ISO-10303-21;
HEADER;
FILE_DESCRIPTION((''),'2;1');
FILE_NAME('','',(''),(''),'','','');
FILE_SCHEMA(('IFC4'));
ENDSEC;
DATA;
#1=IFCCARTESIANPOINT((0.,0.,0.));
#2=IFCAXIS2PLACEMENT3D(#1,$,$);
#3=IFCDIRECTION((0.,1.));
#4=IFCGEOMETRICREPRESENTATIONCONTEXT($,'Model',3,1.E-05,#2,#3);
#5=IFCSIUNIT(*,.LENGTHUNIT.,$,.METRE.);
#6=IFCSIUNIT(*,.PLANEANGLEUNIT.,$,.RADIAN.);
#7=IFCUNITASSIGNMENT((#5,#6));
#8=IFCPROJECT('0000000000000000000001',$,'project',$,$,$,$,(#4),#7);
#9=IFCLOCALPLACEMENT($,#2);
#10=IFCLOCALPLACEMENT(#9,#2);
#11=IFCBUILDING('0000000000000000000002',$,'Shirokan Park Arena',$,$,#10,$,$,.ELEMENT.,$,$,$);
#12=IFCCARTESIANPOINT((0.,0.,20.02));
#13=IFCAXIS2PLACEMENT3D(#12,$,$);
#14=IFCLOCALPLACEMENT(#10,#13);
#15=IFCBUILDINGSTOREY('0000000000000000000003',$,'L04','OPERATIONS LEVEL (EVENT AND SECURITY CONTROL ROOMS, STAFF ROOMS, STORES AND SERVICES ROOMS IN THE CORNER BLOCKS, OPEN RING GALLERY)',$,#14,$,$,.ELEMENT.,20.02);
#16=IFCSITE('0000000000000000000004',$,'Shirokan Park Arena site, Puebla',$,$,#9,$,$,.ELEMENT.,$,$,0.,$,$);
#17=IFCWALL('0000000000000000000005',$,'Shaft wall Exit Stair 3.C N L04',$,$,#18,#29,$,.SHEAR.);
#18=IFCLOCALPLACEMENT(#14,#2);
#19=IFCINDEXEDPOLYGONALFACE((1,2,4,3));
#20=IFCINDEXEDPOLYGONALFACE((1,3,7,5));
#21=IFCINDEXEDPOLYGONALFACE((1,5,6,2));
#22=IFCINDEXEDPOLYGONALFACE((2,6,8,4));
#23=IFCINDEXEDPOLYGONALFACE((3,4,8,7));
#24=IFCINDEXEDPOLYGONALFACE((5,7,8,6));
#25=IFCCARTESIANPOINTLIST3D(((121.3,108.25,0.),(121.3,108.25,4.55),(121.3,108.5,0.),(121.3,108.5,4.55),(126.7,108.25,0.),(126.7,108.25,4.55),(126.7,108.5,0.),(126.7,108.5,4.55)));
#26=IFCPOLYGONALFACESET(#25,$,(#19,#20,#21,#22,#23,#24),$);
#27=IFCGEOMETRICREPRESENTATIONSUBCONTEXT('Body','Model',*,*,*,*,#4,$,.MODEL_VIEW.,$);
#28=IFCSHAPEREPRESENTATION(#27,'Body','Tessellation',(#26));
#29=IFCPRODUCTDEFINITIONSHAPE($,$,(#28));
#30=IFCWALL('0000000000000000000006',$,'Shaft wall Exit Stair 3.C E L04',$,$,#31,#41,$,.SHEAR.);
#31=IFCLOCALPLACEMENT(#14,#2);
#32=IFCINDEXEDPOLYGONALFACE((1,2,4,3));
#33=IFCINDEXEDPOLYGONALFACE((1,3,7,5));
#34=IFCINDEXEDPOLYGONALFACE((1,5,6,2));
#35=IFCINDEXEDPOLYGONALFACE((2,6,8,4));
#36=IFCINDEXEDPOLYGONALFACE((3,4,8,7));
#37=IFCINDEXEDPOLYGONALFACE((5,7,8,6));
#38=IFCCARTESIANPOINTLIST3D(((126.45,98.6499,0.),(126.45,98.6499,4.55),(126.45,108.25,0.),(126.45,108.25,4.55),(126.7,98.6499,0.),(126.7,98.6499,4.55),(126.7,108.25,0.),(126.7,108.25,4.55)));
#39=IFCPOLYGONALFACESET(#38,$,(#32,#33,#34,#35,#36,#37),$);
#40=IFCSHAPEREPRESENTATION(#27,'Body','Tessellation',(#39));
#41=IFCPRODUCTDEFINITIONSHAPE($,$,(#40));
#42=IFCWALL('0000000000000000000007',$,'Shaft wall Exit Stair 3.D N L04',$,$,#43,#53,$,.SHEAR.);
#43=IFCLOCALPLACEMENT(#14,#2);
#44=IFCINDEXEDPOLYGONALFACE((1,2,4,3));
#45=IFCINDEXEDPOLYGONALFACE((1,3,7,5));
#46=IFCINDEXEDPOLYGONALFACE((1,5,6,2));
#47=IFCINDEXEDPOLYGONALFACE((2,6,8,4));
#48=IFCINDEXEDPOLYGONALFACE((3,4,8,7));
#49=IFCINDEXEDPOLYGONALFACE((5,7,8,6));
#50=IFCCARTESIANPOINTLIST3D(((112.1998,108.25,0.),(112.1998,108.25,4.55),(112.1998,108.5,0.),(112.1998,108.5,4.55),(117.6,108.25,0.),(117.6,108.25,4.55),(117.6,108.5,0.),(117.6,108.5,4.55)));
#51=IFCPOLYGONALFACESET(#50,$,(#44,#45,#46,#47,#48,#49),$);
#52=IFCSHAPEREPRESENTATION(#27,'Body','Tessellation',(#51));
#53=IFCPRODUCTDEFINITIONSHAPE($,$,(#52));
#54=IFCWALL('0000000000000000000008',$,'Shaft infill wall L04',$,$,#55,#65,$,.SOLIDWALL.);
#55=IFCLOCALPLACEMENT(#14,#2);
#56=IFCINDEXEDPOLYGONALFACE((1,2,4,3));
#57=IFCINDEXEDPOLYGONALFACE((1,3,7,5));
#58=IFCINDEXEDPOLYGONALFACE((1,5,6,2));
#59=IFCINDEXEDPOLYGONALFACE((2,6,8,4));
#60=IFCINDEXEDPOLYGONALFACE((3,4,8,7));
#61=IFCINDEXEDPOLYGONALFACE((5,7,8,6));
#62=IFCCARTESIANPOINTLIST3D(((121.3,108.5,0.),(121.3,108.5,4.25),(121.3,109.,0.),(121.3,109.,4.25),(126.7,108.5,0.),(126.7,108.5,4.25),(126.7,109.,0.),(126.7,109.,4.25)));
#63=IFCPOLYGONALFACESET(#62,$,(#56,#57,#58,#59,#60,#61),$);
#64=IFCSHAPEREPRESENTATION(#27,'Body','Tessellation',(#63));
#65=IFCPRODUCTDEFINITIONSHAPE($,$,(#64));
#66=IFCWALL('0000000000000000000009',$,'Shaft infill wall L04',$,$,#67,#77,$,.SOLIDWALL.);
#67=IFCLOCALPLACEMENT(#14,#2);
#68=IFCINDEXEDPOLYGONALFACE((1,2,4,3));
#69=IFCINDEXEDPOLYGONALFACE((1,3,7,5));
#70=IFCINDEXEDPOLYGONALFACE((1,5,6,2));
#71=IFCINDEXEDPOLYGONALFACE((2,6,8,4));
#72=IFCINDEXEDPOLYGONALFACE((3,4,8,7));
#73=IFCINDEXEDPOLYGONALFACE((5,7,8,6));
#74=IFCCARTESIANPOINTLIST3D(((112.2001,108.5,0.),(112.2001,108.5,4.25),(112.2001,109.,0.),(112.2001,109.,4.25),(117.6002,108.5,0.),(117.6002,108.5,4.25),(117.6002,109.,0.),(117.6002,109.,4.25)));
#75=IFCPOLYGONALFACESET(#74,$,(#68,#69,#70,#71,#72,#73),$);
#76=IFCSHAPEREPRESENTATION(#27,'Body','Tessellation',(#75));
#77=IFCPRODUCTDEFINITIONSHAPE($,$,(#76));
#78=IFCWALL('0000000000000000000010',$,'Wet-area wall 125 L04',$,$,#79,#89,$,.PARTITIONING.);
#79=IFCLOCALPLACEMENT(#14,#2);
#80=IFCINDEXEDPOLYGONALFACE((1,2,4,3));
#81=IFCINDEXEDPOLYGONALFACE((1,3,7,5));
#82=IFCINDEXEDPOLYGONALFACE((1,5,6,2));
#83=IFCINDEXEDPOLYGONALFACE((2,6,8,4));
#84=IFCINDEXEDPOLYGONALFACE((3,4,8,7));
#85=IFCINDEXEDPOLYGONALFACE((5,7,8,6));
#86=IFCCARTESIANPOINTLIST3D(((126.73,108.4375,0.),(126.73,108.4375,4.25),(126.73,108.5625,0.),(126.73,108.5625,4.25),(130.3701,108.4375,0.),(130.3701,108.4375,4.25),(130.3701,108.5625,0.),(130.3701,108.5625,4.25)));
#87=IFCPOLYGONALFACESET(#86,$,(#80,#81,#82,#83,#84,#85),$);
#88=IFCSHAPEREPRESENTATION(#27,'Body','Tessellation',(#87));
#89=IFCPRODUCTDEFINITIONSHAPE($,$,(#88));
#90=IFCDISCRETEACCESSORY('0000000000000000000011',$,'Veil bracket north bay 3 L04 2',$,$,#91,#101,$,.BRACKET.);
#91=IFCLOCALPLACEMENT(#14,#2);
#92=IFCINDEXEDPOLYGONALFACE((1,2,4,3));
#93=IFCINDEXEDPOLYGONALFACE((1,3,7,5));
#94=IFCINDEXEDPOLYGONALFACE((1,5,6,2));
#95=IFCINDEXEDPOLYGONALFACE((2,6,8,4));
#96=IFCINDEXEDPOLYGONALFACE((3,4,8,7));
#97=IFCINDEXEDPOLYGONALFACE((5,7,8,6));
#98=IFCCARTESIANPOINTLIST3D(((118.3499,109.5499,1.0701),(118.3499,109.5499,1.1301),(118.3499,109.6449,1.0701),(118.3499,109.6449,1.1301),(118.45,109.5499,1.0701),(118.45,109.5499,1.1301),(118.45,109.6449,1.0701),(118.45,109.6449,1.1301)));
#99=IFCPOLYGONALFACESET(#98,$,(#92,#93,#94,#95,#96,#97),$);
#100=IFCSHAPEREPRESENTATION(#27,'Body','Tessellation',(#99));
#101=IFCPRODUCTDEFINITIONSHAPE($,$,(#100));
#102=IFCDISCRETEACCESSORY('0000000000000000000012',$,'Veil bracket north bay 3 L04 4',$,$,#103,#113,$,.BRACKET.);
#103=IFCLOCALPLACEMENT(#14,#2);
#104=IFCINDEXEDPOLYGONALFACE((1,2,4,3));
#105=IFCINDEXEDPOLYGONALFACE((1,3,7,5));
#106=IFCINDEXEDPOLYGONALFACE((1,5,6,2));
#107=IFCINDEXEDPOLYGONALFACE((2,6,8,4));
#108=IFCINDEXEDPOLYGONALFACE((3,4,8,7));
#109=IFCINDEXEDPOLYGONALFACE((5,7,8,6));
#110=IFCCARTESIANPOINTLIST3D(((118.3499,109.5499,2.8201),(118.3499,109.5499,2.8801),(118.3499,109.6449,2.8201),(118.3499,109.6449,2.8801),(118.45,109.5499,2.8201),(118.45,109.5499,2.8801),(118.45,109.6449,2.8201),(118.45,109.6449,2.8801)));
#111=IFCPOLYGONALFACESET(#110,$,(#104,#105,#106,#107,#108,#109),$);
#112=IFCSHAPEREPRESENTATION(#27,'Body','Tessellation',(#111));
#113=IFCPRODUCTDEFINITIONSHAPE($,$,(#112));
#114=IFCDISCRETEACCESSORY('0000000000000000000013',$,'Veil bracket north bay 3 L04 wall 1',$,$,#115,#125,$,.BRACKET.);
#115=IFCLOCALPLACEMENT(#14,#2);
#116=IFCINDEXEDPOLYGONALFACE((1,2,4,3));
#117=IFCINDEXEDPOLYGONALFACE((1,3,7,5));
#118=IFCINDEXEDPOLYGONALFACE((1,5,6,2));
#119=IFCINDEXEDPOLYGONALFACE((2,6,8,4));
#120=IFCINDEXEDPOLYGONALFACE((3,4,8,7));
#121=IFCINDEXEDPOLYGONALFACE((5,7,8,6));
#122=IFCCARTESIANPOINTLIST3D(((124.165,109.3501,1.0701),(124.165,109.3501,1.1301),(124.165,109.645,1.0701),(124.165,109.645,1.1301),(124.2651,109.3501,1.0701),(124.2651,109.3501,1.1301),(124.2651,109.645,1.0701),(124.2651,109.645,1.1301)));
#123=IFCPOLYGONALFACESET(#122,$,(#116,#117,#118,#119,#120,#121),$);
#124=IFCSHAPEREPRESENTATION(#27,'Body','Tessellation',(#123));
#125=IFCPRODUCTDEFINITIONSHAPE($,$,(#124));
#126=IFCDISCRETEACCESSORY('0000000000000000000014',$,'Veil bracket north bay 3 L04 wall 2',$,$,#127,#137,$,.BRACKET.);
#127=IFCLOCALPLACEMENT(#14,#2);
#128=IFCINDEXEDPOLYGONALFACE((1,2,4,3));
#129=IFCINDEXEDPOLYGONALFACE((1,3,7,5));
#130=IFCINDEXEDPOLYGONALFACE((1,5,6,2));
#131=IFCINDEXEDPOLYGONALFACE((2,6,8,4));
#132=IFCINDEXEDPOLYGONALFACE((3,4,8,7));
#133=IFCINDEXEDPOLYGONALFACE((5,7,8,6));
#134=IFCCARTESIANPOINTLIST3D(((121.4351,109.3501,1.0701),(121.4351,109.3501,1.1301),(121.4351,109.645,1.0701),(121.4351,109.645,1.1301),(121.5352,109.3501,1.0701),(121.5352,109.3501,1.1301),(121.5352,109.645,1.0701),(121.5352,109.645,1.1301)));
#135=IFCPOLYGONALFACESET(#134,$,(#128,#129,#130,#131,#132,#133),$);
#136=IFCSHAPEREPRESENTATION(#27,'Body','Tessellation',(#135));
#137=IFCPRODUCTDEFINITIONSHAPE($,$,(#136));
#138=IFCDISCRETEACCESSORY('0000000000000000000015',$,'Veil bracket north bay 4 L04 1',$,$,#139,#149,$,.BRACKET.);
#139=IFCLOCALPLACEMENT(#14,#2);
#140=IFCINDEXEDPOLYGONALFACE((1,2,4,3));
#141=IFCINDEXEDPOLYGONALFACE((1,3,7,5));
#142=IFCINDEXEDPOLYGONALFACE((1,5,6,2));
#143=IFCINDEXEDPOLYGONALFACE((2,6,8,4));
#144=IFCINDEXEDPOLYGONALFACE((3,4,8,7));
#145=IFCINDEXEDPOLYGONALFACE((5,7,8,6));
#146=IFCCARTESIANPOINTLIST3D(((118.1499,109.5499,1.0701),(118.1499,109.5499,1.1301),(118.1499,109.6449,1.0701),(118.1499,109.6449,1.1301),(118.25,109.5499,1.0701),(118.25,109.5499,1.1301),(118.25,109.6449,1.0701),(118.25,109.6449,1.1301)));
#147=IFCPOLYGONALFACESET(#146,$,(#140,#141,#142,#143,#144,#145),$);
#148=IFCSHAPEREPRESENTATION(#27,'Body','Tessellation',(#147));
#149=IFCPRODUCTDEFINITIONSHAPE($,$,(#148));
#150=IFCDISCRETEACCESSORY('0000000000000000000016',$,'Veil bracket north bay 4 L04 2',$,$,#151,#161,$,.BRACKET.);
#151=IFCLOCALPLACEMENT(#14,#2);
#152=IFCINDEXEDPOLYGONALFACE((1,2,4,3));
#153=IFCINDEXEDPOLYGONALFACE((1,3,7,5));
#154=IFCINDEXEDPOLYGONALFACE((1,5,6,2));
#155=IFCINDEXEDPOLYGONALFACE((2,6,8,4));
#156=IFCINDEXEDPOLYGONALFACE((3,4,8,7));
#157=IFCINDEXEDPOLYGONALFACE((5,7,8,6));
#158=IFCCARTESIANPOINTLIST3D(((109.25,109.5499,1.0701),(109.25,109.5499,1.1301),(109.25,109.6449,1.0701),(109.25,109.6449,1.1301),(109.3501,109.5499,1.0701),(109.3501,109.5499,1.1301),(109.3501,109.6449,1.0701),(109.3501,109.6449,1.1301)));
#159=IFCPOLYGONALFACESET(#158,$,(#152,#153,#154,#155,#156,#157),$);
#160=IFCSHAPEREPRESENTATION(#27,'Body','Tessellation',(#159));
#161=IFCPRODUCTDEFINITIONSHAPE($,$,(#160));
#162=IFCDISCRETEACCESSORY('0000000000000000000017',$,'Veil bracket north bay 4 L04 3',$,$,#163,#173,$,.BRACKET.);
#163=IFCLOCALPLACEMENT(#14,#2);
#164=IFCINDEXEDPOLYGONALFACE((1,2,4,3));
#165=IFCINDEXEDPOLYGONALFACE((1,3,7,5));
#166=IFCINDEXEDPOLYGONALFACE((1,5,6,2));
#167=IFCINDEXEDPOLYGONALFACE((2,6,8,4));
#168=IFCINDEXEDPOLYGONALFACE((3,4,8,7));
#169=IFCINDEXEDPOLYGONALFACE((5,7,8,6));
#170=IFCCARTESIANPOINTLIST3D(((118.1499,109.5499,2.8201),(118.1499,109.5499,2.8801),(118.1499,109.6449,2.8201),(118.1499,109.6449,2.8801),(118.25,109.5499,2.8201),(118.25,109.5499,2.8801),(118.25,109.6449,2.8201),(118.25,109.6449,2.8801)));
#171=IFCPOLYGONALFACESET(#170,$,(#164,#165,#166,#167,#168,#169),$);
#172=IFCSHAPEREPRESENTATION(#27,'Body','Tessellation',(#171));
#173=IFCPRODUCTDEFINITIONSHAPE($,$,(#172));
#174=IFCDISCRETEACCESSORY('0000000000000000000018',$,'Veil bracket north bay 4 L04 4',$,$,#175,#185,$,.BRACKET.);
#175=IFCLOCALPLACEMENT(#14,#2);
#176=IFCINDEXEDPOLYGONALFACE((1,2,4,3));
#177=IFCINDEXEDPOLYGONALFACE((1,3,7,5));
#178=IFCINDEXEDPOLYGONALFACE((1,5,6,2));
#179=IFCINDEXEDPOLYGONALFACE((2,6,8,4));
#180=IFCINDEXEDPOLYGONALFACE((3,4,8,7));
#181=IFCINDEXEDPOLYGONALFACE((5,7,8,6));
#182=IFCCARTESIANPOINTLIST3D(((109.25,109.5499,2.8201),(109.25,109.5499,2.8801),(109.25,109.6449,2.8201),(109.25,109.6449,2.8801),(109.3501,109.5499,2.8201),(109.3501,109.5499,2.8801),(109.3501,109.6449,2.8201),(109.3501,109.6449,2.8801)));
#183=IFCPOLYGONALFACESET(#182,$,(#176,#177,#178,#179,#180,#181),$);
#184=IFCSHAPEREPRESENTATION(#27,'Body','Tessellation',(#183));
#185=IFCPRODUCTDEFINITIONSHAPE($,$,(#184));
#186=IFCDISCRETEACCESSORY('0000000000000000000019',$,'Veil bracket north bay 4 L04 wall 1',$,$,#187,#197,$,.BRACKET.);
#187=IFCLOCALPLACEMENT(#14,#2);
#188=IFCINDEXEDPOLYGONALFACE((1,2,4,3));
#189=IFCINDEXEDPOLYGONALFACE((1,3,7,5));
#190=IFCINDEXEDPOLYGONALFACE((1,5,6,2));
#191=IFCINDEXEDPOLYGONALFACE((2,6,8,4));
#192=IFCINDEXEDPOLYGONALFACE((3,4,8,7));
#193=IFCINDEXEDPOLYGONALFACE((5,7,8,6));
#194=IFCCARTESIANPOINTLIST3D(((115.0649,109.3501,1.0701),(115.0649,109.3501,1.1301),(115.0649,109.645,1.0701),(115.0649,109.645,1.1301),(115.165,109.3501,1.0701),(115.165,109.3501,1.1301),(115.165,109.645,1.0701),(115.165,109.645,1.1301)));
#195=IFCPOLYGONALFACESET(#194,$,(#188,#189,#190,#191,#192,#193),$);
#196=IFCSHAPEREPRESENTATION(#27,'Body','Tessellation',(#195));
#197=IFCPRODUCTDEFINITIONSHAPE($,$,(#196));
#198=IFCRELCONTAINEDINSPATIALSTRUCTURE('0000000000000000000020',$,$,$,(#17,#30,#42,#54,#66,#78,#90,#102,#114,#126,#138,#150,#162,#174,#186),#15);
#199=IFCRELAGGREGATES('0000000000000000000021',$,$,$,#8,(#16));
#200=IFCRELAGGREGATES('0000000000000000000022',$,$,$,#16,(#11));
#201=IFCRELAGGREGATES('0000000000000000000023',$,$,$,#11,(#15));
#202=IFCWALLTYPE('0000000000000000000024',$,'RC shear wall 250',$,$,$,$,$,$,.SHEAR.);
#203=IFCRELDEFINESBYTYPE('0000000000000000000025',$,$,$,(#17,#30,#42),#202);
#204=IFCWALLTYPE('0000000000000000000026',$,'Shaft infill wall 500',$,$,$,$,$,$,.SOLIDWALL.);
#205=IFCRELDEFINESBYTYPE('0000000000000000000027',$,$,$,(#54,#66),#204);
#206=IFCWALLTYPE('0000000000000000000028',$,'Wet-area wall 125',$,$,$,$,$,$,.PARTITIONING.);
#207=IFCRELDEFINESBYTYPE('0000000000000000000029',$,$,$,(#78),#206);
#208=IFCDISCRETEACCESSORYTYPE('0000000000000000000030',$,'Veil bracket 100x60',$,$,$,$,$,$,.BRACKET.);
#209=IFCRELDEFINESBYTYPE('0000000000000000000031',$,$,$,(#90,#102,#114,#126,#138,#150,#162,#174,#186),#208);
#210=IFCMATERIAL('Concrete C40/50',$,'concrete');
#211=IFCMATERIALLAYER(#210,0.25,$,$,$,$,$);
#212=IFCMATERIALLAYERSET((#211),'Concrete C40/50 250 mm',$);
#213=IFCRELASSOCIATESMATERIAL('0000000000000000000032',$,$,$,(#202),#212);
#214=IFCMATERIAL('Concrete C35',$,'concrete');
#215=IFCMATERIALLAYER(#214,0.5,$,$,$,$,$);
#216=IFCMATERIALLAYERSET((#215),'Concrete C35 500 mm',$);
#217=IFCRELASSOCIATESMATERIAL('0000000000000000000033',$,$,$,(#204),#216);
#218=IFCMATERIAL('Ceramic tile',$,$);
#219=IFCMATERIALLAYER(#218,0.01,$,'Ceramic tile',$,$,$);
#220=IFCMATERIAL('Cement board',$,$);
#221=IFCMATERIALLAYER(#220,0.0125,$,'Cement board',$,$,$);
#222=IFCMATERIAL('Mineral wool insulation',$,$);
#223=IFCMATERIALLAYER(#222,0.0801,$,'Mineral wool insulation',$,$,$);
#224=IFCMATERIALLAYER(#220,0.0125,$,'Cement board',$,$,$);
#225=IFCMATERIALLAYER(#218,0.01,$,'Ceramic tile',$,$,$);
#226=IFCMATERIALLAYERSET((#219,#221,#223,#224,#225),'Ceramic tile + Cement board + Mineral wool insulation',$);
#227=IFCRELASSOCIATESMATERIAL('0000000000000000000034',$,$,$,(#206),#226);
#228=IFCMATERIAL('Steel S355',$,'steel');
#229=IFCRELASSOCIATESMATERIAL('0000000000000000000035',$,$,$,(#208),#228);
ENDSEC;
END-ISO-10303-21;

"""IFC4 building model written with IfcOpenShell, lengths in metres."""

from ifc_helpers import new_model, si_unit, direction, frame, frame_2d, origin, origin_2d, place, context, subcontext, project, spatial, rectangle, extrude, material, layer, layer_set, type_object, element, save


model = new_model("IFC4")

# Units and contexts
model_context = context("Model", 3, precision=1e-05, world=origin(), true_north=direction((0.0, 1.0)))
body_context = subcontext(model_context, "Body", "Model", "MODEL_VIEW")
ifc_project = project(units=[si_unit("LENGTHUNIT", "METRE"), si_unit("PLANEANGLEUNIT", "RADIAN")], contexts=[model_context])

# Site, building, storey
site_placement = place(None, origin())
site = spatial("IfcSite", under=ifc_project, at=site_placement, Name="Shirokan Park Arena site, Puebla", CompositionType="ELEMENT", RefElevation=0.0)
building_placement = place(site_placement, origin())
building = spatial("IfcBuilding", under=site, at=building_placement, Name="Shirokan Park Arena", CompositionType="ELEMENT")
storey_placement = place(building_placement, frame((0.0, 0.0, 20.02)))
storey = spatial("IfcBuildingStorey", under=building, at=storey_placement, Name="L04", Description="OPERATIONS LEVEL (EVENT AND SECURITY CONTROL ROOMS, STAFF ROOMS, STORES AND SERVICES ROOMS IN THE CORNER BLOCKS, OPEN RING GALLERY)", CompositionType="ELEMENT", Elevation=20.02)

# Shared definitions
ifc_material_1 = material(Name="Concrete C35", Category="concrete")

# Shared definitions
ifc_material_2 = material(Name="Steel S355", Category="steel")

# Shared definitions
ifc_material_3 = material(Name="Mineral wool insulation")

# Walls
ifc_material_4 = material(Name="Concrete C40/50", Category="concrete")
ifc_layer_1 = layer(ifc_material_4, 0.25)
ifc_layer_set_1 = layer_set([ifc_layer_1], Name="Concrete C40/50 250 mm")
wall_type_1 = type_object("IfcWallType", Name="RC shear wall 250", PredefinedType="SHEAR", material=ifc_layer_set_1)
wall_1_placement = place(storey_placement, frame((126.7, 108.375, 0.0), z_axis=(0.0, 0.0, 1.0), x_axis=(-1.0, 0.0, 0.0)))
element("IfcWall", 1, at=wall_1_placement, inside=storey, type_object=wall_type_1, Name="Shaft wall Exit Stair 3.C N L04", PredefinedType="SHEAR", context=body_context, shape_type="SweptSolid", body=[
    extrude(rectangle(XDim=5.3999, YDim=0.25, at=frame_2d((2.7, 0.0))), origin(), (0.0, 0.0, 1.0), 4.55),
])
wall_2_placement = place(storey_placement, frame((126.575, 108.25, 0.0), z_axis=(0.0, 0.0, 1.0), x_axis=(0.0, -1.0, 0.0)))
element("IfcWall", 2, at=wall_2_placement, inside=storey, type_object=wall_type_1, Name="Shaft wall Exit Stair 3.C E L04", PredefinedType="SHEAR", context=body_context, shape_type="SweptSolid", body=[
    extrude(rectangle(XDim=9.6001, YDim=0.25, at=frame_2d((4.8, 0.0))), origin(), (0.0, 0.0, 1.0), 4.55),
])
wall_3_placement = place(storey_placement, frame((117.6001, 108.375, 0.0), z_axis=(0.0, 0.0, 1.0), x_axis=(-1.0, 0.0, 0.0)))
element("IfcWall", 3, at=wall_3_placement, inside=storey, type_object=wall_type_1, Name="Shaft wall Exit Stair 3.D N L04", PredefinedType="SHEAR", context=body_context, shape_type="SweptSolid", body=[
    extrude(rectangle(XDim=5.4001, YDim=0.25, at=frame_2d((2.7002, 0.0))), origin(), (0.0, 0.0, 1.0), 4.55),
])
ifc_layer_2 = layer(ifc_material_1, 0.5)
ifc_layer_set_2 = layer_set([ifc_layer_2], Name="Concrete C35 500 mm")
wall_type_2 = type_object("IfcWallType", Name="Shaft infill wall 500", PredefinedType="SOLIDWALL", material=ifc_layer_set_2)
wall_4_placement = place(storey_placement, frame((121.3, 108.75, 0.0), z_axis=(0.0, 0.0, 1.0), x_axis=(1.0, 0.0, 0.0)))
element("IfcWall", 4, at=wall_4_placement, inside=storey, type_object=wall_type_2, Name="Shaft infill wall L04", PredefinedType="SOLIDWALL", context=body_context, shape_type="SweptSolid", body=[
    extrude(rectangle(XDim=5.3999, YDim=0.5, at=frame_2d((2.7, 0.0))), origin(), (0.0, 0.0, 1.0), 4.25),
])
wall_5_placement = place(storey_placement, frame((112.2, 108.75, 0.0), z_axis=(0.0, 0.0, 1.0), x_axis=(1.0, 0.0, 0.0)))
element("IfcWall", 5, at=wall_5_placement, inside=storey, type_object=wall_type_2, Name="Shaft infill wall L04", PredefinedType="SOLIDWALL", context=body_context, shape_type="SweptSolid", body=[
    extrude(rectangle(XDim=5.4001, YDim=0.5, at=frame_2d((2.7002, 0.0))), origin(), (0.0, 0.0, 1.0), 4.25),
])
ifc_material_5 = material(Name="Ceramic tile")
ifc_layer_3 = layer(ifc_material_5, 0.01, Name="Ceramic tile")
ifc_material_6 = material(Name="Cement board")
ifc_layer_4 = layer(ifc_material_6, 0.0125, Name="Cement board")
ifc_layer_5 = layer(ifc_material_3, 0.0801, Name="Mineral wool insulation")
ifc_layer_6 = layer(ifc_material_6, 0.0125, Name="Cement board")
ifc_layer_7 = layer(ifc_material_5, 0.01, Name="Ceramic tile")
ifc_layer_set_3 = layer_set([ifc_layer_3, ifc_layer_4, ifc_layer_5, ifc_layer_6, ifc_layer_7], Name="Ceramic tile + Cement board + Mineral wool insulation")
wall_type_3 = type_object("IfcWallType", Name="Wet-area wall 125", PredefinedType="PARTITIONING", material=ifc_layer_set_3)
wall_6_placement = place(storey_placement, frame((126.73, 108.5, 0.0), z_axis=(0.0, 0.0, 1.0), x_axis=(1.0, 0.0, 0.0)))
element("IfcWall", 6, at=wall_6_placement, inside=storey, type_object=wall_type_3, Name="Wet-area wall 125 L04", PredefinedType="PARTITIONING", context=body_context, shape_type="SweptSolid", body=[
    extrude(rectangle(XDim=3.6401, YDim=0.125, at=frame_2d((1.8201, 0.0))), origin(), (0.0, 0.0, 1.0), 4.25),
])

# Discrete accessories
discrete_accessory_type = type_object("IfcDiscreteAccessoryType", Name="Veil bracket 100x60", PredefinedType="BRACKET", material=ifc_material_2)
for number, where, z_axis, x_axis, name in (
    (7, (118.3999, 109.5974, 1.0701), (0.0, 0.0, 1.0), (-1.0, 0.0, 0.0), "Veil bracket north bay 3 L04 2"),
    (8, (118.3999, 109.5974, 2.8201), (0.0, 0.0, 1.0), (-1.0, 0.0, 0.0), "Veil bracket north bay 3 L04 4"),
):
    element("IfcDiscreteAccessory", number, at=place(storey_placement, frame(where, z_axis=z_axis, x_axis=x_axis)), inside=storey, type_object=discrete_accessory_type, Name=name, PredefinedType="BRACKET", context=body_context, shape_type="SweptSolid", body=[
        extrude(rectangle(XDim=0.1001, YDim=0.095, at=origin_2d()), origin(), (0.0, 0.0, 1.0), 0.0601),
    ])
for number, where, z_axis, x_axis, name in (
    (9, (124.2151, 109.4976, 1.0701), (0.0, 0.0, 1.0), (-1.0, 0.0, 0.0), "Veil bracket north bay 3 L04 wall 1"),
    (10, (121.4851, 109.4976, 1.0701), (0.0, 0.0, 1.0), (-1.0, 0.0, 0.0), "Veil bracket north bay 3 L04 wall 2"),
):
    element("IfcDiscreteAccessory", number, at=place(storey_placement, frame(where, z_axis=z_axis, x_axis=x_axis)), inside=storey, type_object=discrete_accessory_type, Name=name, PredefinedType="BRACKET", context=body_context, shape_type="SweptSolid", body=[
        extrude(rectangle(XDim=0.1001, YDim=0.2949, at=origin_2d()), origin(), (0.0, 0.0, 1.0), 0.0601),
    ])
for number, where, z_axis, x_axis, name in (
    (11, (118.2, 109.5974, 1.0701), (0.0, 0.0, 1.0), (-1.0, 0.0, 0.0), "Veil bracket north bay 4 L04 1"),
    (12, (109.3, 109.5974, 1.0701), (0.0, 0.0, 1.0), (-1.0, 0.0, 0.0), "Veil bracket north bay 4 L04 2"),
    (13, (118.2, 109.5974, 2.8201), (0.0, 0.0, 1.0), (-1.0, 0.0, 0.0), "Veil bracket north bay 4 L04 3"),
    (14, (109.3, 109.5974, 2.8201), (0.0, 0.0, 1.0), (-1.0, 0.0, 0.0), "Veil bracket north bay 4 L04 4"),
):
    element("IfcDiscreteAccessory", number, at=place(storey_placement, frame(where, z_axis=z_axis, x_axis=x_axis)), inside=storey, type_object=discrete_accessory_type, Name=name, PredefinedType="BRACKET", context=body_context, shape_type="SweptSolid", body=[
        extrude(rectangle(XDim=0.1001, YDim=0.095, at=origin_2d()), origin(), (0.0, 0.0, 1.0), 0.0601),
    ])
for number, where, z_axis, x_axis, name in (
    (15, (115.115, 109.4976, 1.0701), (0.0, 0.0, 1.0), (-1.0, 0.0, 0.0), "Veil bracket north bay 4 L04 wall 1"),
):
    element("IfcDiscreteAccessory", number, at=place(storey_placement, frame(where, z_axis=z_axis, x_axis=x_axis)), inside=storey, type_object=discrete_accessory_type, Name=name, PredefinedType="BRACKET", context=body_context, shape_type="SweptSolid", body=[
        extrude(rectangle(XDim=0.1001, YDim=0.2949, at=origin_2d()), origin(), (0.0, 0.0, 1.0), 0.0601),
    ])

save(model, "model.ifc")
